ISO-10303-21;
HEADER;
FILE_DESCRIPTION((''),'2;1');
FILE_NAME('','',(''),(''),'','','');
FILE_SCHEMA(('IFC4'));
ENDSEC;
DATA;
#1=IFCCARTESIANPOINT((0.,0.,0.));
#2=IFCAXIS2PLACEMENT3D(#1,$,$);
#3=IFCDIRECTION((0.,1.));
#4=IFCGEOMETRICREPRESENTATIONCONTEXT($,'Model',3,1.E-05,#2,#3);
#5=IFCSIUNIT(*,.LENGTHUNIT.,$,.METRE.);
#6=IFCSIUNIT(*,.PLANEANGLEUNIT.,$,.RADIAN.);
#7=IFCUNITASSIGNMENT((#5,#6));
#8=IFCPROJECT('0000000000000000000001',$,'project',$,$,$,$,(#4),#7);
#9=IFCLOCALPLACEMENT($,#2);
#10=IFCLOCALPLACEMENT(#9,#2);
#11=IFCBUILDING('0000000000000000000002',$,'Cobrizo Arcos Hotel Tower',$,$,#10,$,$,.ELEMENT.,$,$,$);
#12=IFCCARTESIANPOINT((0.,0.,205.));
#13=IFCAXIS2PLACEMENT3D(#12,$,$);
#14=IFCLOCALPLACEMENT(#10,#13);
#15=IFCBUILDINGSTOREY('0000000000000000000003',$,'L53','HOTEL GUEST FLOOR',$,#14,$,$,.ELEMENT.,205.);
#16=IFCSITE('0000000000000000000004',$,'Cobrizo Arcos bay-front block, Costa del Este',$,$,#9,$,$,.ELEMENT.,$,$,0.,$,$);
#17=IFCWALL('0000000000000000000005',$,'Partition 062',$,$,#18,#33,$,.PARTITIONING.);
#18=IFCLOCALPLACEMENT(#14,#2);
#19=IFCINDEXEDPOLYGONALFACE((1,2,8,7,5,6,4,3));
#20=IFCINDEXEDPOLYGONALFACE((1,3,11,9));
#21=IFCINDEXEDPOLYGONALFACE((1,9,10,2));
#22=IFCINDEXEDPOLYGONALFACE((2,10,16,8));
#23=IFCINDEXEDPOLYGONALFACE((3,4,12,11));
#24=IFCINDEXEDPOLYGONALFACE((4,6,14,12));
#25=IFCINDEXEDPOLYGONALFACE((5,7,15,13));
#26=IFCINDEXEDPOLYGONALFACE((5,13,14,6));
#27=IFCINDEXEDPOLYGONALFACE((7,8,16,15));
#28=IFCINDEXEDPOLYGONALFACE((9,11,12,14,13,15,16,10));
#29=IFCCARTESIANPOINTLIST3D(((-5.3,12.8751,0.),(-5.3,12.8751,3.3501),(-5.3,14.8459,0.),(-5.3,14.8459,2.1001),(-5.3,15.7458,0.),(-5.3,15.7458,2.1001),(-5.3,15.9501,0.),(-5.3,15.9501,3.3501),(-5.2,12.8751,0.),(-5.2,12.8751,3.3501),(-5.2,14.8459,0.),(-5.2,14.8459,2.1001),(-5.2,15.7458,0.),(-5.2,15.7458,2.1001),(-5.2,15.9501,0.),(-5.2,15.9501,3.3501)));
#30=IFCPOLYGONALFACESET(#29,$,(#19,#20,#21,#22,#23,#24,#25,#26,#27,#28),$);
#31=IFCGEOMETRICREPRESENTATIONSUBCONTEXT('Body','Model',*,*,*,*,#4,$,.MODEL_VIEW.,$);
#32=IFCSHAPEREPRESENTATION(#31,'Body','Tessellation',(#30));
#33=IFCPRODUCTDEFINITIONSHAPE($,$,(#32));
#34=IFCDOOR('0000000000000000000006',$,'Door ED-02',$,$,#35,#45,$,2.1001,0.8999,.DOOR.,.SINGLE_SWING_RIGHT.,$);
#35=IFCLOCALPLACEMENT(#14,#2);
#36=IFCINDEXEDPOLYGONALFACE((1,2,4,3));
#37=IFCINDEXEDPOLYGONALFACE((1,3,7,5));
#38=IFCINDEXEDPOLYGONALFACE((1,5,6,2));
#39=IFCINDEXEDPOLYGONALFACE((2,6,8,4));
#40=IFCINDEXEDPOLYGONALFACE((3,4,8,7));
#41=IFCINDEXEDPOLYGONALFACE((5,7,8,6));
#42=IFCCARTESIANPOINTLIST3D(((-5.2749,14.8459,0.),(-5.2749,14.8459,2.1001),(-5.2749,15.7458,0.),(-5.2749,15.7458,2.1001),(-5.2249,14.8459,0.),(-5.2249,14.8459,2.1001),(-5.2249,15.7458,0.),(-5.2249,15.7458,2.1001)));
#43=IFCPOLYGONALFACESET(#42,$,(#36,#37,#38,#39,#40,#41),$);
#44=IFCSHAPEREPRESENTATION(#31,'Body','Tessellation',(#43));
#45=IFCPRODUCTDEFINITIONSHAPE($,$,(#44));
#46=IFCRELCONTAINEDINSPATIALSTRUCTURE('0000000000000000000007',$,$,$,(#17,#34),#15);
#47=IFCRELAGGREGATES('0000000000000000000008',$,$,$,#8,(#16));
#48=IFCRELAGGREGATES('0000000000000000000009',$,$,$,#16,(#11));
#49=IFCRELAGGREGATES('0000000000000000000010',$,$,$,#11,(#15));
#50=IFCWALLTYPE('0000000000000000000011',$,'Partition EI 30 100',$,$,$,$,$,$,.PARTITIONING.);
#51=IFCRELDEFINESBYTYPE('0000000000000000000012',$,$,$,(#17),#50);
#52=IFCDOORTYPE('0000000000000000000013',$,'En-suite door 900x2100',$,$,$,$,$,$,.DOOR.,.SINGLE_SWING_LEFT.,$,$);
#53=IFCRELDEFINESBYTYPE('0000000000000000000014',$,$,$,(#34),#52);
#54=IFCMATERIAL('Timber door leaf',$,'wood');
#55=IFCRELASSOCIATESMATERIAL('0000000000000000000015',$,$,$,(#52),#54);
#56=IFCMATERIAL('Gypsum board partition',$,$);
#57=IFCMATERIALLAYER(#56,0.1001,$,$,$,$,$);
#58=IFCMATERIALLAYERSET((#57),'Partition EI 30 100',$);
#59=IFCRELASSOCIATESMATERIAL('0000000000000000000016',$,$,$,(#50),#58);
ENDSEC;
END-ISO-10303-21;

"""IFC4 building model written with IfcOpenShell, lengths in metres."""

from ifc_helpers import new_model, si_unit, direction, frame, frame_2d, origin, place, context, subcontext, project, spatial, rectangle, extrude, material, layer, layer_set, type_object, element, fill, save


model = new_model("IFC4")

# Units and contexts
model_context = context("Model", 3, precision=1e-05, world=origin(), true_north=direction((0.0, 1.0)))
body_context = subcontext(model_context, "Body", "Model", "MODEL_VIEW")
ifc_project = project(units=[si_unit("LENGTHUNIT", "METRE"), si_unit("PLANEANGLEUNIT", "RADIAN")], contexts=[model_context])

# Site, building, storey
site_placement = place(None, origin())
site = spatial("IfcSite", under=ifc_project, at=site_placement, Name="Cobrizo Arcos bay-front block, Costa del Este", CompositionType="ELEMENT", RefElevation=0.0)
building_placement = place(site_placement, origin())
building = spatial("IfcBuilding", under=site, at=building_placement, Name="Cobrizo Arcos Hotel Tower", CompositionType="ELEMENT")
storey_placement = place(building_placement, frame((0.0, 0.0, 205.0)))
storey = spatial("IfcBuildingStorey", under=building, at=storey_placement, Name="L53", Description="HOTEL GUEST FLOOR", CompositionType="ELEMENT", Elevation=205.0)

# Shared definitions
ifc_material_1 = material(Name="Gypsum board partition")
ifc_material_2 = material(Name="Timber door leaf", Category="wood")
door_type_1 = type_object("IfcDoorType", Name="En-suite door 900x2100", OperationType="SINGLE_SWING_LEFT", PredefinedType="DOOR", material=ifc_material_2)

# Shared definitions
ifc_layer_1 = layer(ifc_material_1, 0.1001)
ifc_layer_set_1 = layer_set([ifc_layer_1], Name="Partition EI 30 100")
wall_type_1 = type_object("IfcWallType", Name="Partition EI 30 100", PredefinedType="PARTITIONING", material=ifc_layer_set_1)

# Wall, opening, door
wall_1_placement = place(storey_placement, frame((-5.25, 12.875, 0.0), z_axis=(0.0, 0.0, 1.0), x_axis=(0.0, 1.0, 0.0)))
wall_1 = element("IfcWall", 1, at=wall_1_placement, inside=storey, type_object=wall_type_1, Name="Partition 062", PredefinedType="PARTITIONING", context=body_context, shape_type="SweptSolid", body=[
    extrude(rectangle(XDim=3.075, YDim=0.1001, at=frame_2d((1.5376, 0.0))), origin(), (0.0, 0.0, 1.0), 3.3501),
])
opening_1_placement = place(wall_1_placement, frame((1.9709, 0.0, 0.0)))
opening_1 = element("IfcOpeningElement", 2, at=opening_1_placement, cuts=wall_1, PredefinedType="OPENING", context=body_context, shape_type="SweptSolid", body=[
    extrude(rectangle(XDim=0.8999, YDim=2.1001, at=frame_2d((0.45, 1.05))), frame((0.0, 0.062, 0.0), z_axis=(0.0, -1.0, 0.0), x_axis=(1.0, 0.0, 0.0)), (0.0, 0.0, 1.0), 0.124),
])
door_1_placement = place(opening_1_placement, origin())
door_1 = element("IfcDoor", 3, at=door_1_placement, inside=storey, type_object=door_type_1, Name="Door ED-02", OperationType="SINGLE_SWING_RIGHT", OverallHeight=2.1001, OverallWidth=0.8999, PredefinedType="DOOR", context=body_context, shape_type="SweptSolid", body=[
    extrude(rectangle(XDim=0.8999, YDim=2.1001, at=frame_2d((0.45, 1.05))), frame((0.0, 0.0249, 0.0), z_axis=(0.0, -1.0, 0.0), x_axis=(1.0, 0.0, 0.0)), (0.0, 0.0, 1.0), 0.05),
])
fill(opening_1, door_1)

save(model, "model.ifc")
